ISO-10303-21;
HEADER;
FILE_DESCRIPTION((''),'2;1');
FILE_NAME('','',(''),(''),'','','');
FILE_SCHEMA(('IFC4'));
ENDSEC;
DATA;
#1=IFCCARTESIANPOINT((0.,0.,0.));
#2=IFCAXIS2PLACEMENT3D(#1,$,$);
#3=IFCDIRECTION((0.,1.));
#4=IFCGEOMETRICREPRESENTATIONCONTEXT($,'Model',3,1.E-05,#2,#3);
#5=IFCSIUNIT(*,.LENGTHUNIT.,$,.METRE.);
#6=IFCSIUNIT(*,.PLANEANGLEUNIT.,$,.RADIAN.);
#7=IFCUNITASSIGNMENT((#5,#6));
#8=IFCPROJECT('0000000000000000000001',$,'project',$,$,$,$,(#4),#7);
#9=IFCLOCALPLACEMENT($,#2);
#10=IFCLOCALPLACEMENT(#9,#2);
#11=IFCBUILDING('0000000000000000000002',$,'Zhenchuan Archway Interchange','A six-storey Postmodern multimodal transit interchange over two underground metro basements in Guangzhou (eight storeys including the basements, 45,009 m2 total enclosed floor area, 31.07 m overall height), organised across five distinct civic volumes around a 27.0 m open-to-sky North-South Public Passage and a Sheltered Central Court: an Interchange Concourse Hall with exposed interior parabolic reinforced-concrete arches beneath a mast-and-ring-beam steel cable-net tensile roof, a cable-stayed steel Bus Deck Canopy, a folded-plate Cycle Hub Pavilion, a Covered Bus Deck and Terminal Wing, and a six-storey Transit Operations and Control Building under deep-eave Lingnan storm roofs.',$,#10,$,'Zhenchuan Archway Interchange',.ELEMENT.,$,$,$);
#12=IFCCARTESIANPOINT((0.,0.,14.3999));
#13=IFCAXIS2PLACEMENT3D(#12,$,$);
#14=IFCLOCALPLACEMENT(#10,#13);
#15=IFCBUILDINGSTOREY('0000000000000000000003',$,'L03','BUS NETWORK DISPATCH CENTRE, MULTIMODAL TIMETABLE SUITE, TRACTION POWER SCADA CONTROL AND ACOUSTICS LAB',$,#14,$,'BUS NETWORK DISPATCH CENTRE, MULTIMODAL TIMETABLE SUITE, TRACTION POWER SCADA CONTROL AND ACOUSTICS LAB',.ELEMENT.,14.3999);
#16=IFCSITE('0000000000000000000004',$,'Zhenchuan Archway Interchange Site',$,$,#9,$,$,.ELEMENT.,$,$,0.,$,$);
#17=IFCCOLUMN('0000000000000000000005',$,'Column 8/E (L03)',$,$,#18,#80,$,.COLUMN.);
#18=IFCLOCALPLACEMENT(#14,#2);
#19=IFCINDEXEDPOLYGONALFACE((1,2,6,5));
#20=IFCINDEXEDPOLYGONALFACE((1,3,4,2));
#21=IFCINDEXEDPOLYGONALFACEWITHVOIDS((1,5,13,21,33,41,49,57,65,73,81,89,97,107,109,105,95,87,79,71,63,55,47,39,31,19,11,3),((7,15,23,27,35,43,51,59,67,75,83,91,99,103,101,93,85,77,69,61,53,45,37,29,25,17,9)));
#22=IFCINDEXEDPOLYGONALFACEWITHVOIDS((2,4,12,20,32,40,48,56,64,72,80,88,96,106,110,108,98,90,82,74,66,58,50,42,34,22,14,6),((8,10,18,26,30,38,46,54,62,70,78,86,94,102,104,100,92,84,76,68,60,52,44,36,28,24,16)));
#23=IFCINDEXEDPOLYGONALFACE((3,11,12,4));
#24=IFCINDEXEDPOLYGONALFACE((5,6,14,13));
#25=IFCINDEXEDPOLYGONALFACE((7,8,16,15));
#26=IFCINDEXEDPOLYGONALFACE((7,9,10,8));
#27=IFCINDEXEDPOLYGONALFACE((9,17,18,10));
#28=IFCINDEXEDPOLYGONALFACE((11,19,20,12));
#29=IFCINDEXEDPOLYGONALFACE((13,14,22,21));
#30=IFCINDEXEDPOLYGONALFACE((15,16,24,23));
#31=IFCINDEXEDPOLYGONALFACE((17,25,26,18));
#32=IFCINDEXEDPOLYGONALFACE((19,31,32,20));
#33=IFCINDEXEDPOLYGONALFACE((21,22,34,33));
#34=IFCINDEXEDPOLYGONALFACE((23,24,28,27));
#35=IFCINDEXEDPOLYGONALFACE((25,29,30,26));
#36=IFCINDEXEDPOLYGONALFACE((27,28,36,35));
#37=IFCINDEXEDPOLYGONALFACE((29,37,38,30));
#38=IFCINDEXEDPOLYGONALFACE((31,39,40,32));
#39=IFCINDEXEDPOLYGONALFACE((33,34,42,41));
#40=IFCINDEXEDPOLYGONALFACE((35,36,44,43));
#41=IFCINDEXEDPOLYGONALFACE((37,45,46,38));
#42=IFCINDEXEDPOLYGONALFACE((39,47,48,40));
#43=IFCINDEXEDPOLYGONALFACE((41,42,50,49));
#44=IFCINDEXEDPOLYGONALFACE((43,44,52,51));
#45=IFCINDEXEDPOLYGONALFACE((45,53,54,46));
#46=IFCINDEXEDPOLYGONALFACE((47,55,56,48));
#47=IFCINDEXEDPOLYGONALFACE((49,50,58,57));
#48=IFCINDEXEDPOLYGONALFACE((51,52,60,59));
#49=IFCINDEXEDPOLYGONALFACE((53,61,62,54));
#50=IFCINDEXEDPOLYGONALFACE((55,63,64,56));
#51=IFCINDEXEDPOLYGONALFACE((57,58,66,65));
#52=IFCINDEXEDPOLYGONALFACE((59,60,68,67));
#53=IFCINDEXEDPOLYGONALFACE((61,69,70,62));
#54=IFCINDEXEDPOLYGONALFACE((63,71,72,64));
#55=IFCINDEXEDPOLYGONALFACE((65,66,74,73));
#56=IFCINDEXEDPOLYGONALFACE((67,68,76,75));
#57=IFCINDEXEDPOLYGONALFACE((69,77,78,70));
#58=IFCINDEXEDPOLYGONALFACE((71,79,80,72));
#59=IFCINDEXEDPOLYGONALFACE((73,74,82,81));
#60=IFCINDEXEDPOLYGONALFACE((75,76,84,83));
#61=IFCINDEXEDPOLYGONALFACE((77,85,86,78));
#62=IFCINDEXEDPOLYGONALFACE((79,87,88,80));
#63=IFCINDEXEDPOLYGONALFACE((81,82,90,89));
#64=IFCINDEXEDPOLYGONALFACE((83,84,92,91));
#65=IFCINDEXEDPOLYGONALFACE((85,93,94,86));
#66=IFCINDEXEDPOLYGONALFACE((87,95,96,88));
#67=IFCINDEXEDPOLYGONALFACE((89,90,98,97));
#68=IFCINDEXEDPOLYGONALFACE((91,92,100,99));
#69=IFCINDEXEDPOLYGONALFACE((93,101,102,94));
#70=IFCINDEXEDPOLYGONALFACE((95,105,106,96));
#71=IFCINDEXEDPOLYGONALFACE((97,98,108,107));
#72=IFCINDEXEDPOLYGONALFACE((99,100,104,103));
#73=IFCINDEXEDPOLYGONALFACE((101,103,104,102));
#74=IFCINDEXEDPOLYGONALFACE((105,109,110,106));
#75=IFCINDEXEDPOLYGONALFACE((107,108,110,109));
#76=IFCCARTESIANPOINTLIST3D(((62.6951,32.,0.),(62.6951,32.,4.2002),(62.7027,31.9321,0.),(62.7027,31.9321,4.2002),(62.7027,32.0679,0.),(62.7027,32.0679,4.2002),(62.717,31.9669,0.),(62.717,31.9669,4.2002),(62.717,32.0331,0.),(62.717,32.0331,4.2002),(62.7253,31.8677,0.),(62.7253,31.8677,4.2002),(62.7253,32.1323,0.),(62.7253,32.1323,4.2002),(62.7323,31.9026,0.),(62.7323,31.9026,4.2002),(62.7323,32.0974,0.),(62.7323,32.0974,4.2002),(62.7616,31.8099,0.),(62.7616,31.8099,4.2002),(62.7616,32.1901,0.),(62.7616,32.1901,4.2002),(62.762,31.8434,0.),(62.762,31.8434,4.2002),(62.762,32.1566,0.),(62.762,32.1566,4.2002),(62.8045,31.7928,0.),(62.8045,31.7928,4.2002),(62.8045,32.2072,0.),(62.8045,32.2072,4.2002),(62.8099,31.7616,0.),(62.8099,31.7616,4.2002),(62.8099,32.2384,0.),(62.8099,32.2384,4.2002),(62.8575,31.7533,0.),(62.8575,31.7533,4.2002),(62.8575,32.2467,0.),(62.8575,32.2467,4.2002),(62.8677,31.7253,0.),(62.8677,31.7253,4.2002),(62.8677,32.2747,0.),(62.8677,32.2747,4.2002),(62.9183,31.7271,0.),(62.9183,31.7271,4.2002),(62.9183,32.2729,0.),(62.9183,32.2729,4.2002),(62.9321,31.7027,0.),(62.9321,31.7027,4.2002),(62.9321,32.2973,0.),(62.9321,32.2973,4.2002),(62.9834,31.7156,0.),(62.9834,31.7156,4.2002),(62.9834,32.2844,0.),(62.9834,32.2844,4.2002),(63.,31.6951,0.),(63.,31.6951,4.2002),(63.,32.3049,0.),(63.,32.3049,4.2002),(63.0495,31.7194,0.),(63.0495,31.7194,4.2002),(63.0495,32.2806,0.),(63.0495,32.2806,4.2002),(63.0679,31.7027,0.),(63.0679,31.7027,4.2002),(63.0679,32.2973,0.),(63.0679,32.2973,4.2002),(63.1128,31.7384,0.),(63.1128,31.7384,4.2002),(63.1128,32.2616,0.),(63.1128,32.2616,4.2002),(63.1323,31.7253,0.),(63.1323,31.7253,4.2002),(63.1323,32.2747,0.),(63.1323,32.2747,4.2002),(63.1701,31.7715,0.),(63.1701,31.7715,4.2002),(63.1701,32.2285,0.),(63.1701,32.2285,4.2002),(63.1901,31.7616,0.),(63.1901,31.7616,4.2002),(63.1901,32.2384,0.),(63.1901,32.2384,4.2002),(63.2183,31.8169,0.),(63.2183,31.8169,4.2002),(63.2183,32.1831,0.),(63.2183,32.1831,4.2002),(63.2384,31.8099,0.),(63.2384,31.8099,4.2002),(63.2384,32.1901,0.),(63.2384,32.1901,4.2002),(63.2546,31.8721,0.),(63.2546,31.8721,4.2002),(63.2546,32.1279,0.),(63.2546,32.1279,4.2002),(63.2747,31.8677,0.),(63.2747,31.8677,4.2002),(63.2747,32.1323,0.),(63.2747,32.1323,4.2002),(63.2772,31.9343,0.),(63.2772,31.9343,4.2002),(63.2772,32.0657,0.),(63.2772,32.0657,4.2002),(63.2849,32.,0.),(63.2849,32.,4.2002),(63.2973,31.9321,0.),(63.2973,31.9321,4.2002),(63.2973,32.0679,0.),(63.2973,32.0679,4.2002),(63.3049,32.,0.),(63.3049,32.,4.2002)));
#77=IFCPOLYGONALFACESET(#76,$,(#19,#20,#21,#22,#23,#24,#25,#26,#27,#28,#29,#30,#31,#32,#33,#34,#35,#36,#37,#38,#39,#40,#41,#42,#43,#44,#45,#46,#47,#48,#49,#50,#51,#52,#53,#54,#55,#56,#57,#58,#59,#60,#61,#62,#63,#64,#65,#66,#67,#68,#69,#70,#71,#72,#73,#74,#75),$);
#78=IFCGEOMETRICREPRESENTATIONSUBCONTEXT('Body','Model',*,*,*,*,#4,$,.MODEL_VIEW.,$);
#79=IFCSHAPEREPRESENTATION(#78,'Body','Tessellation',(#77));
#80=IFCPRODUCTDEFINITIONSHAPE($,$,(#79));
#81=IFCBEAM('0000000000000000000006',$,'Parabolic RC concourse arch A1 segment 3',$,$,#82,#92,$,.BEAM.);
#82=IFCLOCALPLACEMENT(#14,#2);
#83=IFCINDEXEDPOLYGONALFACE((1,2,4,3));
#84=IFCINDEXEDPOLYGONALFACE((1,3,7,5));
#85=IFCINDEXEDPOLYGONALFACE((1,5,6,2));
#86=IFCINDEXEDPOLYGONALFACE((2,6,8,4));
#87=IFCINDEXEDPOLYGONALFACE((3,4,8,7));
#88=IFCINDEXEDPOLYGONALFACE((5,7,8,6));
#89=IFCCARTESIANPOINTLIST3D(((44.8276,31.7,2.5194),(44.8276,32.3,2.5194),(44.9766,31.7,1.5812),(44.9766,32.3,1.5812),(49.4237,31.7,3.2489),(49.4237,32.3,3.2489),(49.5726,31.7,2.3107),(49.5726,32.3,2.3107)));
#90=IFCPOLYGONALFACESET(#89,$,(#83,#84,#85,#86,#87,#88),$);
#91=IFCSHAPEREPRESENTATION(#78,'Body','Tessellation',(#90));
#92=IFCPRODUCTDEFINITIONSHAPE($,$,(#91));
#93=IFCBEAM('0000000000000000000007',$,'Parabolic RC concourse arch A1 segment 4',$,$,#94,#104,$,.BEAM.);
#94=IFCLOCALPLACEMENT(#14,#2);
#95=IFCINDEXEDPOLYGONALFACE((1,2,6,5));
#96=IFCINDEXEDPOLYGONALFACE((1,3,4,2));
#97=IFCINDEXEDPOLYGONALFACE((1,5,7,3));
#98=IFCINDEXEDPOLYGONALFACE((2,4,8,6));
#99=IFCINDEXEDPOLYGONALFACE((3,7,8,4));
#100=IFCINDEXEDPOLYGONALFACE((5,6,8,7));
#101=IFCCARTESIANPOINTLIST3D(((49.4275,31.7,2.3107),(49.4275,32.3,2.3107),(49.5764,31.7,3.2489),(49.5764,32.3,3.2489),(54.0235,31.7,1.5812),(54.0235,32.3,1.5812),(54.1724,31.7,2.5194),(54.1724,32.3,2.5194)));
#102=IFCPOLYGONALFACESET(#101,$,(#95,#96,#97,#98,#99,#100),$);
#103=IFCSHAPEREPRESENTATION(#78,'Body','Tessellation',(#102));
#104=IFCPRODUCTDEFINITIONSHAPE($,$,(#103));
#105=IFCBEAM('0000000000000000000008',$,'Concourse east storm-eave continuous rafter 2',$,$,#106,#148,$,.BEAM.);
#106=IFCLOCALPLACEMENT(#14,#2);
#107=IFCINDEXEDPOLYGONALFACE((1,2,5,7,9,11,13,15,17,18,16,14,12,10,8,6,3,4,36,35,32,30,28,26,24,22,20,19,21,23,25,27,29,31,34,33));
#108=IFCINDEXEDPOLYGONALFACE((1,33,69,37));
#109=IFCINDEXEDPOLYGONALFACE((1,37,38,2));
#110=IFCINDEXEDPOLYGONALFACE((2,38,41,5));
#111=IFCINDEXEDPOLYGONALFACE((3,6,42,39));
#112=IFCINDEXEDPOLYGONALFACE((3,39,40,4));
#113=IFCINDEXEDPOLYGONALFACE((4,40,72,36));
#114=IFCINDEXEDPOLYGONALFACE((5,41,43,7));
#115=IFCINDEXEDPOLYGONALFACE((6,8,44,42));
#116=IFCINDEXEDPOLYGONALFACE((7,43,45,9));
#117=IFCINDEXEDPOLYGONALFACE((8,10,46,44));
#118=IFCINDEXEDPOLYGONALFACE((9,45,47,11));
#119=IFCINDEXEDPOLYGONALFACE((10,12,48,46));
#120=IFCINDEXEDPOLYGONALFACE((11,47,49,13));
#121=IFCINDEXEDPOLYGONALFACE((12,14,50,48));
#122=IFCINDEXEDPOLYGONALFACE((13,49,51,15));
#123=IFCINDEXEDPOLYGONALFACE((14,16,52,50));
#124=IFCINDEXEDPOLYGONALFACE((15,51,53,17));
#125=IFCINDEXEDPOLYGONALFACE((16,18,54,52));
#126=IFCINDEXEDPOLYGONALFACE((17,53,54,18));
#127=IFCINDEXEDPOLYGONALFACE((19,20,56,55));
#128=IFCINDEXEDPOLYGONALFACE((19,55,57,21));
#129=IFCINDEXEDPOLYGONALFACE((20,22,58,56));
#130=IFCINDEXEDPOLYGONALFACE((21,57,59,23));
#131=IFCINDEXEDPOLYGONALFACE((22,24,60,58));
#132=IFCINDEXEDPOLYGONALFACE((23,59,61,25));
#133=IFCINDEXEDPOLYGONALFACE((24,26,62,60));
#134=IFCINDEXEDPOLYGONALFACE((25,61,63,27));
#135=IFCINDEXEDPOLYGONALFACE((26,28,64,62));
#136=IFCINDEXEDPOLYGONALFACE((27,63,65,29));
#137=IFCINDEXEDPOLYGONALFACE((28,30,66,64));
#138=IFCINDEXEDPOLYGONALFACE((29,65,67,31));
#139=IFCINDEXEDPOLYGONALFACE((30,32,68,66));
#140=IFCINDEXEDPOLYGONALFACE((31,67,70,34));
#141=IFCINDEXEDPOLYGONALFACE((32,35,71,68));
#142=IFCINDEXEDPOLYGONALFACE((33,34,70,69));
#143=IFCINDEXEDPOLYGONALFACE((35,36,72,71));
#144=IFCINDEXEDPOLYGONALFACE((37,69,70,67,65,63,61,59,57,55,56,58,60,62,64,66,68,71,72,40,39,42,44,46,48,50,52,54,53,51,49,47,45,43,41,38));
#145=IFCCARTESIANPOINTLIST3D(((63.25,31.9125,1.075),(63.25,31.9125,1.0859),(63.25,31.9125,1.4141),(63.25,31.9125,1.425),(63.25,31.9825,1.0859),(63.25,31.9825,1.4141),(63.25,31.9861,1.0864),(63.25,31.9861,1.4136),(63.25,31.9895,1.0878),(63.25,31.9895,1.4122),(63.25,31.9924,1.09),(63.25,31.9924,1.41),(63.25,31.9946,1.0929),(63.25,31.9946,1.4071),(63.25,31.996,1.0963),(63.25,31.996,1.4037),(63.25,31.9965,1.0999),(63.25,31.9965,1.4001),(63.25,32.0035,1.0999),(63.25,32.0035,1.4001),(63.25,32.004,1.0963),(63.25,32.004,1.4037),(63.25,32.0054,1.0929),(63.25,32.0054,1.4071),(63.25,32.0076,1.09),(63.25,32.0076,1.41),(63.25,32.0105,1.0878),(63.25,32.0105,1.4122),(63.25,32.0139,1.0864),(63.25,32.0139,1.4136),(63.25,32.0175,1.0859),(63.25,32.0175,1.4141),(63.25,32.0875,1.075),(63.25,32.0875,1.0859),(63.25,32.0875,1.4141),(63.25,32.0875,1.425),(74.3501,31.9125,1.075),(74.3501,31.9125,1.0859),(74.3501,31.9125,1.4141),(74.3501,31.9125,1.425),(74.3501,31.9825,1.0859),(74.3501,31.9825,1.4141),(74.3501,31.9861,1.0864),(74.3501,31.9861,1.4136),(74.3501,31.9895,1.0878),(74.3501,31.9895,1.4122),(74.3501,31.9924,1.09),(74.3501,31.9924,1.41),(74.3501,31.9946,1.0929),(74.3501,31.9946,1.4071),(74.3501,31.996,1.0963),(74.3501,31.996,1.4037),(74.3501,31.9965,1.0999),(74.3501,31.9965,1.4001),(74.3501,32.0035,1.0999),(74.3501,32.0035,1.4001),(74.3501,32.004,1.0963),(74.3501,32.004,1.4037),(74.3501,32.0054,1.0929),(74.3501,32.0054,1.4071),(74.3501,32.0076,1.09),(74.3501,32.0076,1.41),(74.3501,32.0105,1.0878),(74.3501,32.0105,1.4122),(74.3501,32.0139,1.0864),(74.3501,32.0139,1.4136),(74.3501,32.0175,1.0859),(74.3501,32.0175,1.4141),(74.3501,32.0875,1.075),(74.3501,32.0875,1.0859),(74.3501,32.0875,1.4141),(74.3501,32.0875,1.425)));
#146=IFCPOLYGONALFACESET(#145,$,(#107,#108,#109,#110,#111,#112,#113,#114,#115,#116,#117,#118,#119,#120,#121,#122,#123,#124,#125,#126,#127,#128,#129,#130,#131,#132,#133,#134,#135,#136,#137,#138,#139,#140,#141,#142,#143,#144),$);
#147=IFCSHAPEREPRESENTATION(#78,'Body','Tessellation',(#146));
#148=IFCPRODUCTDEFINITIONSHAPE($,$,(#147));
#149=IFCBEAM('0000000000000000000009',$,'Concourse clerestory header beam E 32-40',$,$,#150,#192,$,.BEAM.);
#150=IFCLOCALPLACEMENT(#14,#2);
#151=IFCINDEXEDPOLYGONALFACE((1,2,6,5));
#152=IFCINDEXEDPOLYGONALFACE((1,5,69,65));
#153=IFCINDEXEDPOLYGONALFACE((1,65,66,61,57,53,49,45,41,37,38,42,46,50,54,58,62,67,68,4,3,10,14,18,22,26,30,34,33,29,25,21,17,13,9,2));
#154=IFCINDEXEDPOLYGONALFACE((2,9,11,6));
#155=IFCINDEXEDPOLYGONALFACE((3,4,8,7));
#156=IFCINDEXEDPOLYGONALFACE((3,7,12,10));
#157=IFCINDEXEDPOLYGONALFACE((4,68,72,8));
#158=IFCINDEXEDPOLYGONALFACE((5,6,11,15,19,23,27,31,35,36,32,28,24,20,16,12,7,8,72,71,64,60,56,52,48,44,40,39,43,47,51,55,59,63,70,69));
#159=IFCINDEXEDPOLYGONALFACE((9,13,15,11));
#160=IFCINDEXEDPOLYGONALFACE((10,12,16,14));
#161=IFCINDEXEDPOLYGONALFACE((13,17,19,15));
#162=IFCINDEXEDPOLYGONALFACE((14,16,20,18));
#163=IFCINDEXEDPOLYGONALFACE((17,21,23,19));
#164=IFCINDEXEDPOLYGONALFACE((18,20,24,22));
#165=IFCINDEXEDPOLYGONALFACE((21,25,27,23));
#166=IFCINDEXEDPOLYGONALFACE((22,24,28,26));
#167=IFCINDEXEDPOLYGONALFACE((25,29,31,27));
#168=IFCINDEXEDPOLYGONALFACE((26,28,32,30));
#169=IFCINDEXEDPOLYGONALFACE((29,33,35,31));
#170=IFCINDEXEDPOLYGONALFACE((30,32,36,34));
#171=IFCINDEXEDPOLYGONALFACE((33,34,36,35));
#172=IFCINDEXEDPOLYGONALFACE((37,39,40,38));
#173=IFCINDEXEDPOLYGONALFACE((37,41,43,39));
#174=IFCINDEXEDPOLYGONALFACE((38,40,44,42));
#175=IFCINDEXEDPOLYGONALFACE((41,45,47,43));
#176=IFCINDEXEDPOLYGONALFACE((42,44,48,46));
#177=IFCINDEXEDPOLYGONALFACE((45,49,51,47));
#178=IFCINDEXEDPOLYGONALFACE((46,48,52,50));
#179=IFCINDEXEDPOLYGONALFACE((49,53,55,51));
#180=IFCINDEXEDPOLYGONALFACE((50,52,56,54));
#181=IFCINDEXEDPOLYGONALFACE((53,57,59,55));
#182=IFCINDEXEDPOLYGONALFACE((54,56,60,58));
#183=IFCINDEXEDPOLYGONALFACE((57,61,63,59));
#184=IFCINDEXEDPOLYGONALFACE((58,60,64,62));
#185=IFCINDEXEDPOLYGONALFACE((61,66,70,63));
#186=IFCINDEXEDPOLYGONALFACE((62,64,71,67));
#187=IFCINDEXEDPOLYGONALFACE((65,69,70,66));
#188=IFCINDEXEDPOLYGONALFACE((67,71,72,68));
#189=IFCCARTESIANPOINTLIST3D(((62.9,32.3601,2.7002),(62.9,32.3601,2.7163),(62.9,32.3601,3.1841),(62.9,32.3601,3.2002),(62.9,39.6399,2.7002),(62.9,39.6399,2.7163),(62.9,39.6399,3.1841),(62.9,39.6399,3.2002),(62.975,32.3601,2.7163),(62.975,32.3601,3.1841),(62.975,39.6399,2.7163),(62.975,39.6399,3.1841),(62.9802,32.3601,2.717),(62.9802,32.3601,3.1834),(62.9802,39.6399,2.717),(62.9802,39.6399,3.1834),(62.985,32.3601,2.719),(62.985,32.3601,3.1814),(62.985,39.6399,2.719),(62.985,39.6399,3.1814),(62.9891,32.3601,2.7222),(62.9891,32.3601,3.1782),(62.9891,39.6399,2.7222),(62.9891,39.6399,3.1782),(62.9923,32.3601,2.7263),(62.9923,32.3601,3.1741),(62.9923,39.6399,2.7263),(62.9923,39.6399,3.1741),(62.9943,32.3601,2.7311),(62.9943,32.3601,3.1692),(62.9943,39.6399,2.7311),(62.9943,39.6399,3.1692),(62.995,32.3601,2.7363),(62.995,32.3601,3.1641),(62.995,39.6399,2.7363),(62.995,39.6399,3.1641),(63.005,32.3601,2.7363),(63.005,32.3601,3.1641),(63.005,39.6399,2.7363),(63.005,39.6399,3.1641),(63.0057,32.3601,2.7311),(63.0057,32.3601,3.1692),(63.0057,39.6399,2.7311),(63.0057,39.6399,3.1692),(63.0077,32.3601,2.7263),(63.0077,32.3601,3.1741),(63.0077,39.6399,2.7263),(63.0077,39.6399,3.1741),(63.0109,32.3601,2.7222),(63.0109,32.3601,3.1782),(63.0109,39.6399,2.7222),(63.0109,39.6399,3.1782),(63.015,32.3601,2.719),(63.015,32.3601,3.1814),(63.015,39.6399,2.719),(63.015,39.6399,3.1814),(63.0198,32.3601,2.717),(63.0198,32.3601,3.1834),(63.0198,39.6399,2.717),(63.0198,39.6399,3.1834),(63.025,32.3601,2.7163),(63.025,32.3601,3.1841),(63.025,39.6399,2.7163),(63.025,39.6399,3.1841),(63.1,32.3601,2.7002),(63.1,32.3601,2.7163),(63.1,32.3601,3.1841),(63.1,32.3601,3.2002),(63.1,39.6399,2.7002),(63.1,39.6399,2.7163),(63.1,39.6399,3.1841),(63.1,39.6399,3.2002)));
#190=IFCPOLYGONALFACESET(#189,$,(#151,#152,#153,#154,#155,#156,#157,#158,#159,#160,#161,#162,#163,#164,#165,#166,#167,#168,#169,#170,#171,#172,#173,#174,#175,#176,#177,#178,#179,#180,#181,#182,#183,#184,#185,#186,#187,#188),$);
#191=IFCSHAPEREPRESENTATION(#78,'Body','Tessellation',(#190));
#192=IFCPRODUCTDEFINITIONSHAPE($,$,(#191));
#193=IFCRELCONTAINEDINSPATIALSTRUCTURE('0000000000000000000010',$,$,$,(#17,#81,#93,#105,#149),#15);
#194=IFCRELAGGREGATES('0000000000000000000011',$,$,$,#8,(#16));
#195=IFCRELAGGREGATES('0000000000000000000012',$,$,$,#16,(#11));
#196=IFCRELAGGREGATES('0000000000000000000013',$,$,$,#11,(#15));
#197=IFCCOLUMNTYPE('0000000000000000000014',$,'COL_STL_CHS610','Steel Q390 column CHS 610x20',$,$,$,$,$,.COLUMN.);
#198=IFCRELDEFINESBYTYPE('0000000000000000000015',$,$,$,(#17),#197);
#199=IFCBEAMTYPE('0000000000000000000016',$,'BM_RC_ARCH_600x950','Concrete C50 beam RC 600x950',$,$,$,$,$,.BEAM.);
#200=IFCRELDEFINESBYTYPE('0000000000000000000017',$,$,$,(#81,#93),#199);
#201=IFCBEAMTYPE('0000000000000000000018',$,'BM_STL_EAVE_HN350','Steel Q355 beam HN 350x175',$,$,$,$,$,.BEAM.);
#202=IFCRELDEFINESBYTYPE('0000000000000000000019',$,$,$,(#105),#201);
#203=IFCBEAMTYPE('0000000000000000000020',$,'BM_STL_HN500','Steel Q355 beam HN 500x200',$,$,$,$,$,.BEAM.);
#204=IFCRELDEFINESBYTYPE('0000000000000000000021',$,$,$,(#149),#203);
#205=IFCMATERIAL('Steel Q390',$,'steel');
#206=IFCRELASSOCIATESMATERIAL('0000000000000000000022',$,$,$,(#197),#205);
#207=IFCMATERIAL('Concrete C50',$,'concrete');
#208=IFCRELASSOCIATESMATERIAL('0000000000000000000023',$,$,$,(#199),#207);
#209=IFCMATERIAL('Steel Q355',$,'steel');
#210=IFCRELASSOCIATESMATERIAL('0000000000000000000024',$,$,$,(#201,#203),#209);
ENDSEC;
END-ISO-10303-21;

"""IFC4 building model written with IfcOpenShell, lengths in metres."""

from ifc_helpers import new_model, si_unit, direction, frame, origin, origin_2d, place, context, subcontext, project, spatial, rectangle, hollow_circle, i_section, extrude, material, material_profile, profile_set, type_object, element, save


model = new_model("IFC4")

# Units and contexts
model_context = context("Model", 3, precision=1e-05, world=origin(), true_north=direction((0.0, 1.0)))
body_context = subcontext(model_context, "Body", "Model", "MODEL_VIEW")
ifc_project = project(units=[si_unit("LENGTHUNIT", "METRE"), si_unit("PLANEANGLEUNIT", "RADIAN")], contexts=[model_context])

# Site, building, storey
site_placement = place(None, origin())
site = spatial("IfcSite", under=ifc_project, at=site_placement, Name="Zhenchuan Archway Interchange Site", CompositionType="ELEMENT", RefElevation=0.0)
building_placement = place(site_placement, origin())
building = spatial("IfcBuilding", under=site, at=building_placement, Name="Zhenchuan Archway Interchange", Description="A six-storey Postmodern multimodal transit interchange over two underground metro basements in Guangzhou (eight storeys including the basements, 45,009 m2 total enclosed floor area, 31.07 m overall height), organised across five distinct civic volumes around a 27.0 m open-to-sky North-South Public Passage and a Sheltered Central Court: an Interchange Concourse Hall with exposed interior parabolic reinforced-concrete arches beneath a mast-and-ring-beam steel cable-net tensile roof, a cable-stayed steel Bus Deck Canopy, a folded-plate Cycle Hub Pavilion, a Covered Bus Deck and Terminal Wing, and a six-storey Transit Operations and Control Building under deep-eave Lingnan storm roofs.", LongName="Zhenchuan Archway Interchange", CompositionType="ELEMENT")
storey_placement = place(building_placement, frame((0.0, 0.0, 14.3999)))
storey = spatial("IfcBuildingStorey", under=building, at=storey_placement, Name="L03", Description="BUS NETWORK DISPATCH CENTRE, MULTIMODAL TIMETABLE SUITE, TRACTION POWER SCADA CONTROL AND ACOUSTICS LAB", LongName="BUS NETWORK DISPATCH CENTRE, MULTIMODAL TIMETABLE SUITE, TRACTION POWER SCADA CONTROL AND ACOUSTICS LAB", CompositionType="ELEMENT", Elevation=14.3999)

# Column
ifc_material_1 = material(Name="Steel Q390", Category="steel")
ifc_material_profile_1 = material_profile(ifc_material_1, hollow_circle(Radius=0.3049, WallThickness=0.02, at=origin_2d()), Name="CHS 610x20")
ifc_profile_set_1 = profile_set([ifc_material_profile_1], Name="Steel Q390")
column_type = type_object("IfcColumnType", Name="COL_STL_CHS610", Description="Steel Q390 column CHS 610x20", PredefinedType="COLUMN", material=ifc_profile_set_1)
column_placement = place(storey_placement, frame((63.0, 32.0, 0.0), z_axis=(0.0, 0.0, 1.0), x_axis=(1.0, 0.0, 0.0)))
element("IfcColumn", 1, at=column_placement, inside=storey, type_object=column_type, Name="Column 8/E (L03)", PredefinedType="COLUMN", context=body_context, shape_type="SweptSolid", body=[
    extrude(hollow_circle(Radius=0.3049, WallThickness=0.02, at=origin_2d()), origin(), (0.0, 0.0, 1.0), 4.2002),
])

# Beams
ifc_material_2 = material(Name="Concrete C50", Category="concrete")
ifc_material_profile_2 = material_profile(ifc_material_2, rectangle(XDim=0.6001, YDim=0.95, at=origin_2d()), Name="RC 600x950")
ifc_profile_set_2 = profile_set([ifc_material_profile_2], Name="Concrete C50")
beam_type_1 = type_object("IfcBeamType", Name="BM_RC_ARCH_600x950", Description="Concrete C50 beam RC 600x950", PredefinedType="BEAM", material=ifc_profile_set_2)
for number, where, z_axis, x_axis, name in (
    (2, (44.9021, 32.0, 2.0503), (0.987636, 0.0, 0.156763), (0.0, 1.0, 0.0), "Parabolic RC concourse arch A1 segment 3"),
    (3, (49.502, 32.0, 2.7798), (0.987636, 0.0, -0.156763), (0.0, 1.0, 0.0), "Parabolic RC concourse arch A1 segment 4"),
):
    element("IfcBeam", number, at=place(storey_placement, frame(where, z_axis=z_axis, x_axis=x_axis)), inside=storey, type_object=beam_type_1, Name=name, PredefinedType="BEAM", context=body_context, shape_type="SweptSolid", body=[
        extrude(rectangle(XDim=0.6001, YDim=0.95, at=origin_2d()), origin(), (0.0, 0.0, 1.0), 4.6536),
    ])
ifc_material_3 = material(Name="Steel Q355", Category="steel")
ifc_material_profile_3 = material_profile(ifc_material_3, i_section(OverallWidth=0.175, OverallDepth=0.3501, WebThickness=0.0071, FlangeThickness=0.011, FilletRadius=0.0139, at=origin_2d()), Name="HN 350x175")
ifc_profile_set_3 = profile_set([ifc_material_profile_3], Name="Steel Q355")
beam_type_2 = type_object("IfcBeamType", Name="BM_STL_EAVE_HN350", Description="Steel Q355 beam HN 350x175", PredefinedType="BEAM", material=ifc_profile_set_3)
beam_1_placement = place(storey_placement, frame((63.25, 32.0, 1.25), z_axis=(1.0, 0.0, 0.0), x_axis=(0.0, 1.0, 0.0)))
element("IfcBeam", 4, at=beam_1_placement, inside=storey, type_object=beam_type_2, Name="Concourse east storm-eave continuous rafter 2", PredefinedType="BEAM", context=body_context, shape_type="SweptSolid", body=[
    extrude(i_section(OverallWidth=0.175, OverallDepth=0.3501, WebThickness=0.0071, FlangeThickness=0.011, FilletRadius=0.0139, at=origin_2d()), origin(), (0.0, 0.0, 1.0), 11.1001),
])
ifc_material_profile_4 = material_profile(ifc_material_3, i_section(OverallWidth=0.2, OverallDepth=0.5, WebThickness=0.01, FlangeThickness=0.0161, FilletRadius=0.02, at=origin_2d()), Name="HN 500x200")
ifc_profile_set_4 = profile_set([ifc_material_profile_4], Name="Steel Q355")
beam_type_3 = type_object("IfcBeamType", Name="BM_STL_HN500", Description="Steel Q355 beam HN 500x200", PredefinedType="BEAM", material=ifc_profile_set_4)
beam_2_placement = place(storey_placement, frame((63.0, 32.3601, 2.9502), z_axis=(0.0, 1.0, 0.0), x_axis=(-1.0, 0.0, 0.0)))
element("IfcBeam", 5, at=beam_2_placement, inside=storey, type_object=beam_type_3, Name="Concourse clerestory header beam E 32-40", PredefinedType="BEAM", context=body_context, shape_type="SweptSolid", body=[
    extrude(i_section(OverallWidth=0.2, OverallDepth=0.5, WebThickness=0.01, FlangeThickness=0.0161, FilletRadius=0.02, at=origin_2d()), origin(), (0.0, 0.0, 1.0), 7.2798),
])

save(model, "model.ifc")
